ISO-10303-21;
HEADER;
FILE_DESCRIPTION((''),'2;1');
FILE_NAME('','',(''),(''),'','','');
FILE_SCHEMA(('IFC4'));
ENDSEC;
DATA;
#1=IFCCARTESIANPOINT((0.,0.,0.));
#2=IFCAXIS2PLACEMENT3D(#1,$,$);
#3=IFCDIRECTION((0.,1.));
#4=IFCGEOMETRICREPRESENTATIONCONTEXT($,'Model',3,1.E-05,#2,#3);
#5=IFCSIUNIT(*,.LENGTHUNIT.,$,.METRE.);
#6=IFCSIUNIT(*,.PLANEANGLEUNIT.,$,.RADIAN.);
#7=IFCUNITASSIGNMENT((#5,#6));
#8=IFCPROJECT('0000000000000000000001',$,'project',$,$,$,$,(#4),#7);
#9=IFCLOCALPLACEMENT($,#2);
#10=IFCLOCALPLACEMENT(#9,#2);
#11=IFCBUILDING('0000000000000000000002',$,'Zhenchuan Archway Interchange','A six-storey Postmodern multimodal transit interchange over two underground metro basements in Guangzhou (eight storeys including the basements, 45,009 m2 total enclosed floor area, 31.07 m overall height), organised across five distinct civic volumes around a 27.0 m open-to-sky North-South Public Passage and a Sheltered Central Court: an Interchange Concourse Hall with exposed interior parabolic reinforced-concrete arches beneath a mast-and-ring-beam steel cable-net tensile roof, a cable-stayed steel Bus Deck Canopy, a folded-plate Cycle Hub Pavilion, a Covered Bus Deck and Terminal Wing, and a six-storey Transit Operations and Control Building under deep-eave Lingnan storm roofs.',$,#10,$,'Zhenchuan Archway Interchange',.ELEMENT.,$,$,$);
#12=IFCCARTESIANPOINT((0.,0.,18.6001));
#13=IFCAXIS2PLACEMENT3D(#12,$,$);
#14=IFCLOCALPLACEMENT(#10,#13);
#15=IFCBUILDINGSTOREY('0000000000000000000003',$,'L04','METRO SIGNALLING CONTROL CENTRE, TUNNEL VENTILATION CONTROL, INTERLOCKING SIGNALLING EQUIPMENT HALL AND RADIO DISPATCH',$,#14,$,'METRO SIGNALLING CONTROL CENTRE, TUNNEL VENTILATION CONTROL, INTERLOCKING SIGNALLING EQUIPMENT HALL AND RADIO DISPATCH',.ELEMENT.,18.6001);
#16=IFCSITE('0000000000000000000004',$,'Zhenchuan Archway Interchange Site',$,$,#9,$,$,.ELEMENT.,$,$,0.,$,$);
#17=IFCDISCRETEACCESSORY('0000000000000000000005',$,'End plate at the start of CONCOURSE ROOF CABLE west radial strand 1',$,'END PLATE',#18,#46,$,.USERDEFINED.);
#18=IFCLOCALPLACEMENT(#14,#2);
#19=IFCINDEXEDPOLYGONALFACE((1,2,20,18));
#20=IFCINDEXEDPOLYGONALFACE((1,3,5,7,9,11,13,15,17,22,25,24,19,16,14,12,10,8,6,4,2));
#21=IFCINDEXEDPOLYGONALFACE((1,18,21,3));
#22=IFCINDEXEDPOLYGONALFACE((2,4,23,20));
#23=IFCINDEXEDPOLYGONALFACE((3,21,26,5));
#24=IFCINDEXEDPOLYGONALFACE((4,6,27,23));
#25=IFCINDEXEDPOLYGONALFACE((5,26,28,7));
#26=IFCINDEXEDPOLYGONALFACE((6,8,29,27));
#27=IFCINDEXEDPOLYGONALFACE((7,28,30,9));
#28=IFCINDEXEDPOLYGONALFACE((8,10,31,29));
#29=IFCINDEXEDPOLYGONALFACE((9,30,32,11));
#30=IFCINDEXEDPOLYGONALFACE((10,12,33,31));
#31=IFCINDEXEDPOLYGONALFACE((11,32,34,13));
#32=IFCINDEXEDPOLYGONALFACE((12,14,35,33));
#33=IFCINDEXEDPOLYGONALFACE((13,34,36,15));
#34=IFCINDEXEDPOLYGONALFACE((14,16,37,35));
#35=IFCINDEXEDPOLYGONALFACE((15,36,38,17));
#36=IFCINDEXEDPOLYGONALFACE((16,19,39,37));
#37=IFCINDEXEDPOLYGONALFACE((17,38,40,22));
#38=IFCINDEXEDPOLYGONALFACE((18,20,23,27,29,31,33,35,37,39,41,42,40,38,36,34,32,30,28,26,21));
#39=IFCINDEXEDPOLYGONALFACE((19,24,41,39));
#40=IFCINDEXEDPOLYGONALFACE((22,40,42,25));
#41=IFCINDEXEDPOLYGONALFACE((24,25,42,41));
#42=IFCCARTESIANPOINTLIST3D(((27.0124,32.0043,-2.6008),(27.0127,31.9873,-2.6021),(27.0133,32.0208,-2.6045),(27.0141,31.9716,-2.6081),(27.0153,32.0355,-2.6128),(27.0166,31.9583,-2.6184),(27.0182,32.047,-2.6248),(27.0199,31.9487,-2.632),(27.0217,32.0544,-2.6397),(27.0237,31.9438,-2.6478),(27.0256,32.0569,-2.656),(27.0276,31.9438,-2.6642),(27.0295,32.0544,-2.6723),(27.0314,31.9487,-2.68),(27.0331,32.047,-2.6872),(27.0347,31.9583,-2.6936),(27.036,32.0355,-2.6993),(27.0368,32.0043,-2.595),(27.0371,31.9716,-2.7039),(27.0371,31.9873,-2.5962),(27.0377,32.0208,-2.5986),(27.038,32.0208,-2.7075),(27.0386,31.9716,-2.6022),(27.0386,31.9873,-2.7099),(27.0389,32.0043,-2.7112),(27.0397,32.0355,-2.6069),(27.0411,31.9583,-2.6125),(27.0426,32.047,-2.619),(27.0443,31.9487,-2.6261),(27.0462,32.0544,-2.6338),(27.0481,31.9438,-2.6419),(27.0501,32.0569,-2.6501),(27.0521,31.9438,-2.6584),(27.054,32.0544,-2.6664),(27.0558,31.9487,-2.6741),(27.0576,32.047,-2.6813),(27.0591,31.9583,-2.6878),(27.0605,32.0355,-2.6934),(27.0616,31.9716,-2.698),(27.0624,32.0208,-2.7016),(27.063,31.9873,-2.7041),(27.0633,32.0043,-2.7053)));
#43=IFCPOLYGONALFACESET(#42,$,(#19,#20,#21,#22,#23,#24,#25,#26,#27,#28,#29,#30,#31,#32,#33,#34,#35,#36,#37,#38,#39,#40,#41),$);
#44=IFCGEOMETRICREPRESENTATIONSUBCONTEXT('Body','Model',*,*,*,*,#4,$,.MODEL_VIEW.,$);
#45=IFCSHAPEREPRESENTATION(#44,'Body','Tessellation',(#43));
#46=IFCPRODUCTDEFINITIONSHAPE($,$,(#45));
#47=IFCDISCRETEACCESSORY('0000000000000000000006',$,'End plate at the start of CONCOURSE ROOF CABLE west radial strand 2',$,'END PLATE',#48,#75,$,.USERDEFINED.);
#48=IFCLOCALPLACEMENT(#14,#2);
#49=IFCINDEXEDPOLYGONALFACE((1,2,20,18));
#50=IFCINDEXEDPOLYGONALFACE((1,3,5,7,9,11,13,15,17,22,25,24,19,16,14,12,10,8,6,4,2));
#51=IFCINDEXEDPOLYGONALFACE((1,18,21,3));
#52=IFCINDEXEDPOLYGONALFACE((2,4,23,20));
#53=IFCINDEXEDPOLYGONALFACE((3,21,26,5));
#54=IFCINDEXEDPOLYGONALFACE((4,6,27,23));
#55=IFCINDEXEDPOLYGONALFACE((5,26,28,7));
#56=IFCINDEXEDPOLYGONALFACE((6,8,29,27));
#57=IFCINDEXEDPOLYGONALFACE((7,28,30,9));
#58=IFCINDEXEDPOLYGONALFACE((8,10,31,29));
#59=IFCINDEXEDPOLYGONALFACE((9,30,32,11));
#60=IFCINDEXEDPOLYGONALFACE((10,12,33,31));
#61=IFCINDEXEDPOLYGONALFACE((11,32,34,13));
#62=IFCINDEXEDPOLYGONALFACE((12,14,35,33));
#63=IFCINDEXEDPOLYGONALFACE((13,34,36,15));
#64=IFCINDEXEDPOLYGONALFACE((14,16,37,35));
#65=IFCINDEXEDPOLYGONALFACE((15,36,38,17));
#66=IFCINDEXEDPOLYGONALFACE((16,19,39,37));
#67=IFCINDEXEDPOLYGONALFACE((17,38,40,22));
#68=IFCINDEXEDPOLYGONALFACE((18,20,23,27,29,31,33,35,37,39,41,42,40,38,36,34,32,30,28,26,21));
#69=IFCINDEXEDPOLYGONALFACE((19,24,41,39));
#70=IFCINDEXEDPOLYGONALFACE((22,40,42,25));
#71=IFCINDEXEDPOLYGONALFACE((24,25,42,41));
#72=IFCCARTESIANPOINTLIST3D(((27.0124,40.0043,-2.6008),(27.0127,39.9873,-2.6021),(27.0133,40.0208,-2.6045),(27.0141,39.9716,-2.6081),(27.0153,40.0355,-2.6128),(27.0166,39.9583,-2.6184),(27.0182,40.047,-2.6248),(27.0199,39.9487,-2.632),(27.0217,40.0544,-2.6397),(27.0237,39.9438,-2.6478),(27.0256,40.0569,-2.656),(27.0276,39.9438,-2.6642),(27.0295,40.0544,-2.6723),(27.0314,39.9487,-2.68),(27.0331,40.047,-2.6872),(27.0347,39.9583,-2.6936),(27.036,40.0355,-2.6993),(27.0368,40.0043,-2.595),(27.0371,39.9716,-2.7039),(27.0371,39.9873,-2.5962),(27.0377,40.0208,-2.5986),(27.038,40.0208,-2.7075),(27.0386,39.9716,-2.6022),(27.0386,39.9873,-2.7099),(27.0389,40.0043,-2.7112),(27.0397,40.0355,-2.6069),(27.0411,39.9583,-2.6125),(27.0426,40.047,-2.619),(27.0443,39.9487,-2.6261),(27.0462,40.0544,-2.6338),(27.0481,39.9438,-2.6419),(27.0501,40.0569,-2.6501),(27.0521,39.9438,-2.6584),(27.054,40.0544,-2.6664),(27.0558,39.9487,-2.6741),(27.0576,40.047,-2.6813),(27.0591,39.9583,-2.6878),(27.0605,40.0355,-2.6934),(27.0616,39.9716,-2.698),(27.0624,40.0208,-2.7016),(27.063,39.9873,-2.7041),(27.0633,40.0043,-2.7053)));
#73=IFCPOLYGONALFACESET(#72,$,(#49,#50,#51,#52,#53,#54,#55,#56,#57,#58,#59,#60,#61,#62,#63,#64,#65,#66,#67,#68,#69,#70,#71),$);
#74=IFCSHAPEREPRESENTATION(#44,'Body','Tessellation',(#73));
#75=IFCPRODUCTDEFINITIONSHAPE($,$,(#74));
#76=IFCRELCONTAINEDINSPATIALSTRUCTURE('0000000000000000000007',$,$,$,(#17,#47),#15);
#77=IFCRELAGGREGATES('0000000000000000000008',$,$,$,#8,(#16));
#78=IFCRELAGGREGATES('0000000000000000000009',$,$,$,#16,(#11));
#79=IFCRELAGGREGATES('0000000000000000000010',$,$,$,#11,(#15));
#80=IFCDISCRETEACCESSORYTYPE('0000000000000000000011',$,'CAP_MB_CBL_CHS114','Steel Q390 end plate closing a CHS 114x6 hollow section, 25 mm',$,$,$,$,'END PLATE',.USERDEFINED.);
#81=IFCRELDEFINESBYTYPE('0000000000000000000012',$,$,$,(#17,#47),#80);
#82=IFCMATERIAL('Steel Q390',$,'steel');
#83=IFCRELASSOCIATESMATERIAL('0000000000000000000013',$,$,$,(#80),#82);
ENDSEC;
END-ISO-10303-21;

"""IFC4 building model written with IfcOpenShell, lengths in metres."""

from ifc_helpers import new_model, si_unit, direction, frame, origin, origin_2d, place, context, subcontext, project, spatial, circle, extrude, material, type_object, element, save


model = new_model("IFC4")

# Units and contexts
model_context = context("Model", 3, precision=1e-05, world=origin(), true_north=direction((0.0, 1.0)))
body_context = subcontext(model_context, "Body", "Model", "MODEL_VIEW")
ifc_project = project(units=[si_unit("LENGTHUNIT", "METRE"), si_unit("PLANEANGLEUNIT", "RADIAN")], contexts=[model_context])

# Site, building, storey
site_placement = place(None, origin())
site = spatial("IfcSite", under=ifc_project, at=site_placement, Name="Zhenchuan Archway Interchange Site", CompositionType="ELEMENT", RefElevation=0.0)
building_placement = place(site_placement, origin())
building = spatial("IfcBuilding", under=site, at=building_placement, Name="Zhenchuan Archway Interchange", Description="A six-storey Postmodern multimodal transit interchange over two underground metro basements in Guangzhou (eight storeys including the basements, 45,009 m2 total enclosed floor area, 31.07 m overall height), organised across five distinct civic volumes around a 27.0 m open-to-sky North-South Public Passage and a Sheltered Central Court: an Interchange Concourse Hall with exposed interior parabolic reinforced-concrete arches beneath a mast-and-ring-beam steel cable-net tensile roof, a cable-stayed steel Bus Deck Canopy, a folded-plate Cycle Hub Pavilion, a Covered Bus Deck and Terminal Wing, and a six-storey Transit Operations and Control Building under deep-eave Lingnan storm roofs.", LongName="Zhenchuan Archway Interchange", CompositionType="ELEMENT")
storey_placement = place(building_placement, frame((0.0, 0.0, 18.6001)))
storey = spatial("IfcBuildingStorey", under=building, at=storey_placement, Name="L04", Description="METRO SIGNALLING CONTROL CENTRE, TUNNEL VENTILATION CONTROL, INTERLOCKING SIGNALLING EQUIPMENT HALL AND RADIO DISPATCH", LongName="METRO SIGNALLING CONTROL CENTRE, TUNNEL VENTILATION CONTROL, INTERLOCKING SIGNALLING EQUIPMENT HALL AND RADIO DISPATCH", CompositionType="ELEMENT", Elevation=18.6001)

# Shared definitions
ifc_material_1 = material(Name="Steel Q390", Category="steel")

# Discrete accessories
discrete_accessory_type = type_object("IfcDiscreteAccessoryType", Name="CAP_MB_CBL_CHS114", Description="Steel Q390 end plate closing a CHS 114x6 hollow section, 25 mm", ElementType="END PLATE", PredefinedType="USERDEFINED", material=ifc_material_1)
for number, where, z_axis, x_axis, name in (
    (1, (27.0256, 32.0, -2.656), (0.972387, 0.0, 0.233373), (0.0, 1.0, 0.0), "End plate at the start of CONCOURSE ROOF CABLE west radial strand 1"),
    (2, (27.0256, 40.0, -2.656), (0.972387, 0.0, 0.233373), (0.0, 1.0, 0.0), "End plate at the start of CONCOURSE ROOF CABLE west radial strand 2"),
):
    element("IfcDiscreteAccessory", number, at=place(storey_placement, frame(where, z_axis=z_axis, x_axis=x_axis)), inside=storey, type_object=discrete_accessory_type, Name=name, ObjectType="END PLATE", PredefinedType="USERDEFINED", context=body_context, shape_type="SweptSolid", body=[
        extrude(circle(Radius=0.0569, at=origin_2d()), origin(), (0.0, 0.0, 1.0), 0.0251),
    ])

save(model, "model.ifc")
